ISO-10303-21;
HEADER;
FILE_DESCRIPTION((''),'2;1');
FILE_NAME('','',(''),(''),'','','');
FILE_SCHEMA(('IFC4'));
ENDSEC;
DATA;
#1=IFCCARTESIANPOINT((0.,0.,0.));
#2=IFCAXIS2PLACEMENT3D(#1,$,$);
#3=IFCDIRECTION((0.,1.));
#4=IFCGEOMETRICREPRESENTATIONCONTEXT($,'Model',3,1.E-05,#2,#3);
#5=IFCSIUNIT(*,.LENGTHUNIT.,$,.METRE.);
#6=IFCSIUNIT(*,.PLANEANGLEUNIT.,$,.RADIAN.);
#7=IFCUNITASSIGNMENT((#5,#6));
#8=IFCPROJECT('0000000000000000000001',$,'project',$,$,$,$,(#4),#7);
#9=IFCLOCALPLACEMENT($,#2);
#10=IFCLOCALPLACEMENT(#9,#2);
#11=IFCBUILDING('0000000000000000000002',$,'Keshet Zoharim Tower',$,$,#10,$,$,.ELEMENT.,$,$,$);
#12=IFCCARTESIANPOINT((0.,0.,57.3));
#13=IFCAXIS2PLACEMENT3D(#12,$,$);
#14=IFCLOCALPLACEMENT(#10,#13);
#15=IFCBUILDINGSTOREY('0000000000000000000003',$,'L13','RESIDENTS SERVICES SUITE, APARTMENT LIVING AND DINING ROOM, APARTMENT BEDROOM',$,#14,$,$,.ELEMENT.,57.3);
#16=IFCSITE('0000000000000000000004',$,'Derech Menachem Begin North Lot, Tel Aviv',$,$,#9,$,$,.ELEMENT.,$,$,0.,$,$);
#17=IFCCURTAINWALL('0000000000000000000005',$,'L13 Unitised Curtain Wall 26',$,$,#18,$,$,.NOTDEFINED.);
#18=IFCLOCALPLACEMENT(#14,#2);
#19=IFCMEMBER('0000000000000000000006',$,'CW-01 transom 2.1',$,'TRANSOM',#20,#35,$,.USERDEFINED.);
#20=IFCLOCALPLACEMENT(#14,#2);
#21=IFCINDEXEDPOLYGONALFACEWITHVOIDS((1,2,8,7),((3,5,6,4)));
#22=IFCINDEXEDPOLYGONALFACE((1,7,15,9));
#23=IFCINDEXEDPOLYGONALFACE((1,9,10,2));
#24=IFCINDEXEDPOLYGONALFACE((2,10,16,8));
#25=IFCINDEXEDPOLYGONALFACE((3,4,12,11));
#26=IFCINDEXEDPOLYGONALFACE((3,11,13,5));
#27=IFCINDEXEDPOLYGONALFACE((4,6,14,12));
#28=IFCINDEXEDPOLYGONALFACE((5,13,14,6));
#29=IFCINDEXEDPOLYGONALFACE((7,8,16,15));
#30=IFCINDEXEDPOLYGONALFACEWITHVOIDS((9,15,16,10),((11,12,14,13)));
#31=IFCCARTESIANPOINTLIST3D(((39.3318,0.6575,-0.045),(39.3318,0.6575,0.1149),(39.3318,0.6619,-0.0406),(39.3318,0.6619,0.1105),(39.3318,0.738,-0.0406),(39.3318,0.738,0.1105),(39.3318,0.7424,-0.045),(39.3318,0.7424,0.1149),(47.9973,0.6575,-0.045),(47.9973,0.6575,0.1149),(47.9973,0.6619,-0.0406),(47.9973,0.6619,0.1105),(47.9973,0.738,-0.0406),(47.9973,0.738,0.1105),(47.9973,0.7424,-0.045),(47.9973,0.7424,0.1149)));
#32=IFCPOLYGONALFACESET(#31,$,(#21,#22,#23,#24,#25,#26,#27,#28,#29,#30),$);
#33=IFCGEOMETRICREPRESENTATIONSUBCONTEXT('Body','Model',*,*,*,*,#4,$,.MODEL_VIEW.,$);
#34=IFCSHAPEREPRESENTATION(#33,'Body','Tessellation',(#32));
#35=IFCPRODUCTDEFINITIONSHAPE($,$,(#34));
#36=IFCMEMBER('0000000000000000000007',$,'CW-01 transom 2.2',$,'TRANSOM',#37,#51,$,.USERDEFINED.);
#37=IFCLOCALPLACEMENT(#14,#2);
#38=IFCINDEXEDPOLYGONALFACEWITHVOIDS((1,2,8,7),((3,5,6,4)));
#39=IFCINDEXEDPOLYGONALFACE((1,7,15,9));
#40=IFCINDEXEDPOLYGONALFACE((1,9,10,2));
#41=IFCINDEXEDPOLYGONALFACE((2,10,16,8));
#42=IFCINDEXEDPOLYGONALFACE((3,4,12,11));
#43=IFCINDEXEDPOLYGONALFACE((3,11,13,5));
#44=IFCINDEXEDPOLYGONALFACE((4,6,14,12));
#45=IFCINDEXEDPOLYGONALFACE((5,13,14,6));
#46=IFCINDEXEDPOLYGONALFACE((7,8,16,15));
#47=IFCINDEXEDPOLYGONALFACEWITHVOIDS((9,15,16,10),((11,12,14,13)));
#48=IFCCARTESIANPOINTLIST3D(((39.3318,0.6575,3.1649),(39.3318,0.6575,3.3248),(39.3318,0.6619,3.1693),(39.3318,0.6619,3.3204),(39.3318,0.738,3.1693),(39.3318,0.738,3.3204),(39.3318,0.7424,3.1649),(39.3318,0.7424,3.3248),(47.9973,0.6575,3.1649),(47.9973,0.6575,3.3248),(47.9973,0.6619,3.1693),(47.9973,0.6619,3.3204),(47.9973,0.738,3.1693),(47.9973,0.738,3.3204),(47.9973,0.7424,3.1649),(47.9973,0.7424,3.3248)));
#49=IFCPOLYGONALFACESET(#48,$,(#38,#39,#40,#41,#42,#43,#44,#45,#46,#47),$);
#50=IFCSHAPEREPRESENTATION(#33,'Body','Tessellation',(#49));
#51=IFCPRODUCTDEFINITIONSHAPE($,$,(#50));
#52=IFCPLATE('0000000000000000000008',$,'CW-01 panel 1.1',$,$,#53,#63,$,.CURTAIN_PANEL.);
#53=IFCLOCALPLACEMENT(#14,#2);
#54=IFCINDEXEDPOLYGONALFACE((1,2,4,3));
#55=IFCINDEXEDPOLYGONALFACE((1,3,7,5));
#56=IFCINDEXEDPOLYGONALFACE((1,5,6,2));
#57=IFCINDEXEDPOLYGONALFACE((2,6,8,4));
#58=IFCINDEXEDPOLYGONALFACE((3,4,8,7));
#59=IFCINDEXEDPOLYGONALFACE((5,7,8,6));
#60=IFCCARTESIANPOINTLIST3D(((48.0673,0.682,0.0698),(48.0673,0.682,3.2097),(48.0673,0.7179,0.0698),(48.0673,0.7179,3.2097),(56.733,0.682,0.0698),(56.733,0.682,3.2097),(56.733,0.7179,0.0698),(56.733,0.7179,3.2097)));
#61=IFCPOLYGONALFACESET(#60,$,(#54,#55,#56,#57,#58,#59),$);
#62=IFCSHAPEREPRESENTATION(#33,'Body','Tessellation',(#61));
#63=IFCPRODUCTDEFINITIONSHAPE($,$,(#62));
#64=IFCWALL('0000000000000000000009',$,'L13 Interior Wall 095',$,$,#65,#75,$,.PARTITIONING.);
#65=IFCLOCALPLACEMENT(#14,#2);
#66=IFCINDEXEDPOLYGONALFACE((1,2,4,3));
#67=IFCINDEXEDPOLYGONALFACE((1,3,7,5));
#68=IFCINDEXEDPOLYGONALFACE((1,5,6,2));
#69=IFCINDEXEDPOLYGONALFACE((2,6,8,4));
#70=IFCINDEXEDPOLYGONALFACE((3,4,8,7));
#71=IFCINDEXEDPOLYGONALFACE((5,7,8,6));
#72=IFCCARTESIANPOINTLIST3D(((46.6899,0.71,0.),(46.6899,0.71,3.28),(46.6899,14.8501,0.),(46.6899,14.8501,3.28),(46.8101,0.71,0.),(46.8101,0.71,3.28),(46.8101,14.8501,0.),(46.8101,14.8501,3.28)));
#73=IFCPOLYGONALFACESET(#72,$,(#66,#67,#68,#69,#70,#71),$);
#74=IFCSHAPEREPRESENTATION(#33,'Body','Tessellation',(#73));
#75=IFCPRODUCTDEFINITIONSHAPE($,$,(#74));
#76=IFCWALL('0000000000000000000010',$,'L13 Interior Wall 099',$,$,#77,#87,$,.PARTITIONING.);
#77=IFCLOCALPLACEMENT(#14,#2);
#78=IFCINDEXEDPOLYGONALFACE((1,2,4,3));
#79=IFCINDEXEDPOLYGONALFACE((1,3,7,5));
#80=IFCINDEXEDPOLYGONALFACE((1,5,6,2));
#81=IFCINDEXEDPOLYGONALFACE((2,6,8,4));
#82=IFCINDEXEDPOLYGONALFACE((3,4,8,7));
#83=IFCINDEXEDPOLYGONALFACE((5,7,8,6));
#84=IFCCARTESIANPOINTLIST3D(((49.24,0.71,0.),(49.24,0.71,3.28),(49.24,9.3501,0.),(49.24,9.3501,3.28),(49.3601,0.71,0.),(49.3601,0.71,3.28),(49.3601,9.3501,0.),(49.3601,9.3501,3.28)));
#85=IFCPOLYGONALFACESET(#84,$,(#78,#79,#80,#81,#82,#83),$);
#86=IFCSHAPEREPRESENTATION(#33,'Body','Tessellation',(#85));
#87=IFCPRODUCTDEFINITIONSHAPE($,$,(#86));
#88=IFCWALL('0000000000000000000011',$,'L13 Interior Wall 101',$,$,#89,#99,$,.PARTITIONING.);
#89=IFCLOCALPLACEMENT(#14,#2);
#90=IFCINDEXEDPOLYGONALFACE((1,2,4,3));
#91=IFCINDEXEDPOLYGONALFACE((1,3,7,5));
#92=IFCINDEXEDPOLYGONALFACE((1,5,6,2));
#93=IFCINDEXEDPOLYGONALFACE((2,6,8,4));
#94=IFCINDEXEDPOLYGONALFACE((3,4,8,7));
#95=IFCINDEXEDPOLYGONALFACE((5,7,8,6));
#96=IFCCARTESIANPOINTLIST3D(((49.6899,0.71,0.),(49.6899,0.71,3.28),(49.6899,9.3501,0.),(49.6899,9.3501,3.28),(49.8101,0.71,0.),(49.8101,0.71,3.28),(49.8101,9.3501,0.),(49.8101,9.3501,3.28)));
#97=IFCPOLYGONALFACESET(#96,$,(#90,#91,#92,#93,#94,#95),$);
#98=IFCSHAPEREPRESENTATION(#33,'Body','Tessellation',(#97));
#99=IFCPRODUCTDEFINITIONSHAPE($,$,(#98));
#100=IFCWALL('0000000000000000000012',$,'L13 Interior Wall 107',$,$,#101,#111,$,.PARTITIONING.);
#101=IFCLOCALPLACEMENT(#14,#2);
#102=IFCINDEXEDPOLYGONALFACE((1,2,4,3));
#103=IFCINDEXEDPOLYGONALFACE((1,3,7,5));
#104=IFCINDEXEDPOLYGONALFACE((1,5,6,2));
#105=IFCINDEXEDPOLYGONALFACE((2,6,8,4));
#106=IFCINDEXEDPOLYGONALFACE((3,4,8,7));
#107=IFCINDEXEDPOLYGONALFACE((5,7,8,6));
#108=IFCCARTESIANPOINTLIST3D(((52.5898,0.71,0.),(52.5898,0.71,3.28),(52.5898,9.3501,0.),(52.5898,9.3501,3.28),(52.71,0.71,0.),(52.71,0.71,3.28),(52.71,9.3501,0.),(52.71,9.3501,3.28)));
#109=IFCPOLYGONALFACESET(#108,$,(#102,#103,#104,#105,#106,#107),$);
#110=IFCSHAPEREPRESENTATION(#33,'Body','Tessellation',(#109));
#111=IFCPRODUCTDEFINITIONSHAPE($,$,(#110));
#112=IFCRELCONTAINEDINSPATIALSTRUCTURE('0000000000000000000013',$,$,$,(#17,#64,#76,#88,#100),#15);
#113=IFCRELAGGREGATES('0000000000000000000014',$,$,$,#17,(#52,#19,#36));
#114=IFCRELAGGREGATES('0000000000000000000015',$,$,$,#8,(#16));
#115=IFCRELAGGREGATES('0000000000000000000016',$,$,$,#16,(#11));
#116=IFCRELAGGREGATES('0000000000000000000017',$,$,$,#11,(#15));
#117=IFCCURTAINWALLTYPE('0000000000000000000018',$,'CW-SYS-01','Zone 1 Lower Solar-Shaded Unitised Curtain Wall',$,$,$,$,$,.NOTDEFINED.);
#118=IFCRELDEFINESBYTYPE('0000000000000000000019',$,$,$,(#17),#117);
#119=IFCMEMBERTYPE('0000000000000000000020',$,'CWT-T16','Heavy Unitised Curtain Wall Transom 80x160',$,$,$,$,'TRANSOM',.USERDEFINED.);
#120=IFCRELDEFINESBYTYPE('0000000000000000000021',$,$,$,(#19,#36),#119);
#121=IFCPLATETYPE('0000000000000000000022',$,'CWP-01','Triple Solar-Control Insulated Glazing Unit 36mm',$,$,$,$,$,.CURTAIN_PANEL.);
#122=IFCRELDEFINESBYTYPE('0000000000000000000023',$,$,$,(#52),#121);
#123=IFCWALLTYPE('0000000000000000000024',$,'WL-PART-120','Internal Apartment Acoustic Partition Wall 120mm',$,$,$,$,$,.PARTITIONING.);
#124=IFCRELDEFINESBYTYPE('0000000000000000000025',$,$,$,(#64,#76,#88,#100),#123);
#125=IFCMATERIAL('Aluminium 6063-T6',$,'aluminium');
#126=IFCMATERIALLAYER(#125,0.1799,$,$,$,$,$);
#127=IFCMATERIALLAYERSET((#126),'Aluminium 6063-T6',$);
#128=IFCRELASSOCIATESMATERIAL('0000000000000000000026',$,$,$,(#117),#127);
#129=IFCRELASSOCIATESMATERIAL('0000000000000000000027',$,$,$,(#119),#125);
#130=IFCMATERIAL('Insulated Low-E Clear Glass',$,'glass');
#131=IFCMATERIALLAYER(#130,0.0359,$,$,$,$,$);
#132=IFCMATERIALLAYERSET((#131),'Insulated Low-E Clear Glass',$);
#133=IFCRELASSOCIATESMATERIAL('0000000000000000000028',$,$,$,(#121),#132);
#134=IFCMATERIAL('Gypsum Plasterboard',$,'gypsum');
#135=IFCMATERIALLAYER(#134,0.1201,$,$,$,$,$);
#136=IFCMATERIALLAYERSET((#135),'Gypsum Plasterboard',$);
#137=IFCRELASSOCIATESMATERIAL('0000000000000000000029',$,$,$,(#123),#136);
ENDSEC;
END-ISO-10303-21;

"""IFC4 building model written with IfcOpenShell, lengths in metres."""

from ifc_helpers import new_model, si_unit, direction, frame, frame_2d, origin, origin_2d, place, context, subcontext, project, spatial, rectangle, hollow_rectangle, extrude, material, layer, layer_set, material_profile, profile_set, type_object, element, aggregate, save


model = new_model("IFC4")

# Units and contexts
model_context = context("Model", 3, precision=1e-05, world=origin(), true_north=direction((0.0, 1.0)))
body_context = subcontext(model_context, "Body", "Model", "MODEL_VIEW")
ifc_project = project(units=[si_unit("LENGTHUNIT", "METRE"), si_unit("PLANEANGLEUNIT", "RADIAN")], contexts=[model_context])

# Site, building, storey
site_placement = place(None, origin())
site = spatial("IfcSite", under=ifc_project, at=site_placement, Name="Derech Menachem Begin North Lot, Tel Aviv", CompositionType="ELEMENT", RefElevation=0.0)
building_placement = place(site_placement, origin())
building = spatial("IfcBuilding", under=site, at=building_placement, Name="Keshet Zoharim Tower", CompositionType="ELEMENT")
storey_placement = place(building_placement, frame((0.0, 0.0, 57.3)))
storey = spatial("IfcBuildingStorey", under=building, at=storey_placement, Name="L13", Description="RESIDENTS SERVICES SUITE, APARTMENT LIVING AND DINING ROOM, APARTMENT BEDROOM", CompositionType="ELEMENT", Elevation=57.3)

# Shared definitions
ifc_material_1 = material(Name="Aluminium 6063-T6", Category="aluminium")
ifc_layer_1 = layer(ifc_material_1, 0.1799)
ifc_layer_set_1 = layer_set([ifc_layer_1], Name="Aluminium 6063-T6")
curtain_wall_type = type_object("IfcCurtainWallType", Name="CW-SYS-01", Description="Zone 1 Lower Solar-Shaded Unitised Curtain Wall", PredefinedType="NOTDEFINED", material=ifc_layer_set_1)

# Curtain wall, members, plate
curtain_wall_1_placement = place(storey_placement, origin())
curtain_wall_1 = element("IfcCurtainWall", 1, at=curtain_wall_1_placement, inside=storey, type_object=curtain_wall_type, Name="L13 Unitised Curtain Wall 26", PredefinedType="NOTDEFINED")
ifc_material_profile_1 = material_profile(ifc_material_1, hollow_rectangle(XDim=0.085, YDim=0.1599, WallThickness=0.0044, at=origin_2d()), Name="TRN-85x160")
ifc_profile_set_1 = profile_set([ifc_material_profile_1], Name="Aluminium 6063-T6")
member_type_1 = type_object("IfcMemberType", Name="CWT-T16", Description="Heavy Unitised Curtain Wall Transom 80x160", ElementType="TRANSOM", PredefinedType="USERDEFINED", material=ifc_profile_set_1)
member_1_placement = place(storey_placement, frame((47.9973, 0.7, 0.0349), z_axis=(-1.0, 0.0, 0.0), x_axis=(0.0, -1.0, 0.0)))
member_1 = element("IfcMember", 2, at=member_1_placement, type_object=member_type_1, Name="CW-01 transom 2.1", ObjectType="TRANSOM", PredefinedType="USERDEFINED", context=body_context, shape_type="SweptSolid", body=[
    extrude(hollow_rectangle(XDim=0.085, YDim=0.1599, WallThickness=0.0044, at=origin_2d()), origin(), (0.0, 0.0, 1.0), 8.6655),
])
member_2_placement = place(storey_placement, frame((47.9973, 0.7, 3.2449), z_axis=(-1.0, 0.0, 0.0), x_axis=(0.0, -1.0, 0.0)))
member_2 = element("IfcMember", 3, at=member_2_placement, type_object=member_type_1, Name="CW-01 transom 2.2", ObjectType="TRANSOM", PredefinedType="USERDEFINED", context=body_context, shape_type="SweptSolid", body=[
    extrude(hollow_rectangle(XDim=0.085, YDim=0.1599, WallThickness=0.0044, at=origin_2d()), origin(), (0.0, 0.0, 1.0), 8.6655),
])
ifc_material_2 = material(Name="Insulated Low-E Clear Glass", Category="glass")
ifc_layer_2 = layer(ifc_material_2, 0.0359)
ifc_layer_set_2 = layer_set([ifc_layer_2], Name="Insulated Low-E Clear Glass")
plate_type = type_object("IfcPlateType", Name="CWP-01", Description="Triple Solar-Control Insulated Glazing Unit 36mm", PredefinedType="CURTAIN_PANEL", material=ifc_layer_set_2)
plate_placement = place(storey_placement, frame((52.4001, 0.7, 0.0698), z_axis=(0.0, 0.0, 1.0), x_axis=(-1.0, 0.0, 0.0)))
plate = element("IfcPlate", 4, at=plate_placement, type_object=plate_type, Name="CW-01 panel 1.1", PredefinedType="CURTAIN_PANEL", context=body_context, shape_type="SweptSolid", body=[
    extrude(rectangle(XDim=8.6658, YDim=0.0359, at=origin_2d()), origin(), (0.0, 0.0, 1.0), 3.1399),
])
aggregate(curtain_wall_1, [plate, member_1, member_2])

# Walls
ifc_material_3 = material(Name="Gypsum Plasterboard", Category="gypsum")
ifc_layer_3 = layer(ifc_material_3, 0.1201)
ifc_layer_set_3 = layer_set([ifc_layer_3], Name="Gypsum Plasterboard")
wall_type = type_object("IfcWallType", Name="WL-PART-120", Description="Internal Apartment Acoustic Partition Wall 120mm", PredefinedType="PARTITIONING", material=ifc_layer_set_3)
wall_placement = place(storey_placement, frame((46.75, 0.71, 0.0), z_axis=(0.0, 0.0, 1.0), x_axis=(0.0, 1.0, 0.0)))
element("IfcWall", 5, at=wall_placement, inside=storey, type_object=wall_type, Name="L13 Interior Wall 095", PredefinedType="PARTITIONING", context=body_context, shape_type="SweptSolid", body=[
    extrude(rectangle(XDim=14.1401, YDim=0.1201, at=frame_2d((7.0701, 0.0))), origin(), (0.0, 0.0, 1.0), 3.28),
])
for number, where, z_axis, x_axis, name in (
    (6, (49.3, 0.71, 0.0), (0.0, 0.0, 1.0), (0.0, 1.0, 0.0), "L13 Interior Wall 099"),
    (7, (49.75, 0.71, 0.0), (0.0, 0.0, 1.0), (0.0, 1.0, 0.0), "L13 Interior Wall 101"),
    (8, (52.6499, 0.71, 0.0), (0.0, 0.0, 1.0), (0.0, 1.0, 0.0), "L13 Interior Wall 107"),
):
    element("IfcWall", number, at=place(storey_placement, frame(where, z_axis=z_axis, x_axis=x_axis)), inside=storey, type_object=wall_type, Name=name, PredefinedType="PARTITIONING", context=body_context, shape_type="SweptSolid", body=[
        extrude(rectangle(XDim=8.6401, YDim=0.1201, at=frame_2d((4.3201, 0.0))), origin(), (0.0, 0.0, 1.0), 3.28),
    ])

save(model, "model.ifc")
